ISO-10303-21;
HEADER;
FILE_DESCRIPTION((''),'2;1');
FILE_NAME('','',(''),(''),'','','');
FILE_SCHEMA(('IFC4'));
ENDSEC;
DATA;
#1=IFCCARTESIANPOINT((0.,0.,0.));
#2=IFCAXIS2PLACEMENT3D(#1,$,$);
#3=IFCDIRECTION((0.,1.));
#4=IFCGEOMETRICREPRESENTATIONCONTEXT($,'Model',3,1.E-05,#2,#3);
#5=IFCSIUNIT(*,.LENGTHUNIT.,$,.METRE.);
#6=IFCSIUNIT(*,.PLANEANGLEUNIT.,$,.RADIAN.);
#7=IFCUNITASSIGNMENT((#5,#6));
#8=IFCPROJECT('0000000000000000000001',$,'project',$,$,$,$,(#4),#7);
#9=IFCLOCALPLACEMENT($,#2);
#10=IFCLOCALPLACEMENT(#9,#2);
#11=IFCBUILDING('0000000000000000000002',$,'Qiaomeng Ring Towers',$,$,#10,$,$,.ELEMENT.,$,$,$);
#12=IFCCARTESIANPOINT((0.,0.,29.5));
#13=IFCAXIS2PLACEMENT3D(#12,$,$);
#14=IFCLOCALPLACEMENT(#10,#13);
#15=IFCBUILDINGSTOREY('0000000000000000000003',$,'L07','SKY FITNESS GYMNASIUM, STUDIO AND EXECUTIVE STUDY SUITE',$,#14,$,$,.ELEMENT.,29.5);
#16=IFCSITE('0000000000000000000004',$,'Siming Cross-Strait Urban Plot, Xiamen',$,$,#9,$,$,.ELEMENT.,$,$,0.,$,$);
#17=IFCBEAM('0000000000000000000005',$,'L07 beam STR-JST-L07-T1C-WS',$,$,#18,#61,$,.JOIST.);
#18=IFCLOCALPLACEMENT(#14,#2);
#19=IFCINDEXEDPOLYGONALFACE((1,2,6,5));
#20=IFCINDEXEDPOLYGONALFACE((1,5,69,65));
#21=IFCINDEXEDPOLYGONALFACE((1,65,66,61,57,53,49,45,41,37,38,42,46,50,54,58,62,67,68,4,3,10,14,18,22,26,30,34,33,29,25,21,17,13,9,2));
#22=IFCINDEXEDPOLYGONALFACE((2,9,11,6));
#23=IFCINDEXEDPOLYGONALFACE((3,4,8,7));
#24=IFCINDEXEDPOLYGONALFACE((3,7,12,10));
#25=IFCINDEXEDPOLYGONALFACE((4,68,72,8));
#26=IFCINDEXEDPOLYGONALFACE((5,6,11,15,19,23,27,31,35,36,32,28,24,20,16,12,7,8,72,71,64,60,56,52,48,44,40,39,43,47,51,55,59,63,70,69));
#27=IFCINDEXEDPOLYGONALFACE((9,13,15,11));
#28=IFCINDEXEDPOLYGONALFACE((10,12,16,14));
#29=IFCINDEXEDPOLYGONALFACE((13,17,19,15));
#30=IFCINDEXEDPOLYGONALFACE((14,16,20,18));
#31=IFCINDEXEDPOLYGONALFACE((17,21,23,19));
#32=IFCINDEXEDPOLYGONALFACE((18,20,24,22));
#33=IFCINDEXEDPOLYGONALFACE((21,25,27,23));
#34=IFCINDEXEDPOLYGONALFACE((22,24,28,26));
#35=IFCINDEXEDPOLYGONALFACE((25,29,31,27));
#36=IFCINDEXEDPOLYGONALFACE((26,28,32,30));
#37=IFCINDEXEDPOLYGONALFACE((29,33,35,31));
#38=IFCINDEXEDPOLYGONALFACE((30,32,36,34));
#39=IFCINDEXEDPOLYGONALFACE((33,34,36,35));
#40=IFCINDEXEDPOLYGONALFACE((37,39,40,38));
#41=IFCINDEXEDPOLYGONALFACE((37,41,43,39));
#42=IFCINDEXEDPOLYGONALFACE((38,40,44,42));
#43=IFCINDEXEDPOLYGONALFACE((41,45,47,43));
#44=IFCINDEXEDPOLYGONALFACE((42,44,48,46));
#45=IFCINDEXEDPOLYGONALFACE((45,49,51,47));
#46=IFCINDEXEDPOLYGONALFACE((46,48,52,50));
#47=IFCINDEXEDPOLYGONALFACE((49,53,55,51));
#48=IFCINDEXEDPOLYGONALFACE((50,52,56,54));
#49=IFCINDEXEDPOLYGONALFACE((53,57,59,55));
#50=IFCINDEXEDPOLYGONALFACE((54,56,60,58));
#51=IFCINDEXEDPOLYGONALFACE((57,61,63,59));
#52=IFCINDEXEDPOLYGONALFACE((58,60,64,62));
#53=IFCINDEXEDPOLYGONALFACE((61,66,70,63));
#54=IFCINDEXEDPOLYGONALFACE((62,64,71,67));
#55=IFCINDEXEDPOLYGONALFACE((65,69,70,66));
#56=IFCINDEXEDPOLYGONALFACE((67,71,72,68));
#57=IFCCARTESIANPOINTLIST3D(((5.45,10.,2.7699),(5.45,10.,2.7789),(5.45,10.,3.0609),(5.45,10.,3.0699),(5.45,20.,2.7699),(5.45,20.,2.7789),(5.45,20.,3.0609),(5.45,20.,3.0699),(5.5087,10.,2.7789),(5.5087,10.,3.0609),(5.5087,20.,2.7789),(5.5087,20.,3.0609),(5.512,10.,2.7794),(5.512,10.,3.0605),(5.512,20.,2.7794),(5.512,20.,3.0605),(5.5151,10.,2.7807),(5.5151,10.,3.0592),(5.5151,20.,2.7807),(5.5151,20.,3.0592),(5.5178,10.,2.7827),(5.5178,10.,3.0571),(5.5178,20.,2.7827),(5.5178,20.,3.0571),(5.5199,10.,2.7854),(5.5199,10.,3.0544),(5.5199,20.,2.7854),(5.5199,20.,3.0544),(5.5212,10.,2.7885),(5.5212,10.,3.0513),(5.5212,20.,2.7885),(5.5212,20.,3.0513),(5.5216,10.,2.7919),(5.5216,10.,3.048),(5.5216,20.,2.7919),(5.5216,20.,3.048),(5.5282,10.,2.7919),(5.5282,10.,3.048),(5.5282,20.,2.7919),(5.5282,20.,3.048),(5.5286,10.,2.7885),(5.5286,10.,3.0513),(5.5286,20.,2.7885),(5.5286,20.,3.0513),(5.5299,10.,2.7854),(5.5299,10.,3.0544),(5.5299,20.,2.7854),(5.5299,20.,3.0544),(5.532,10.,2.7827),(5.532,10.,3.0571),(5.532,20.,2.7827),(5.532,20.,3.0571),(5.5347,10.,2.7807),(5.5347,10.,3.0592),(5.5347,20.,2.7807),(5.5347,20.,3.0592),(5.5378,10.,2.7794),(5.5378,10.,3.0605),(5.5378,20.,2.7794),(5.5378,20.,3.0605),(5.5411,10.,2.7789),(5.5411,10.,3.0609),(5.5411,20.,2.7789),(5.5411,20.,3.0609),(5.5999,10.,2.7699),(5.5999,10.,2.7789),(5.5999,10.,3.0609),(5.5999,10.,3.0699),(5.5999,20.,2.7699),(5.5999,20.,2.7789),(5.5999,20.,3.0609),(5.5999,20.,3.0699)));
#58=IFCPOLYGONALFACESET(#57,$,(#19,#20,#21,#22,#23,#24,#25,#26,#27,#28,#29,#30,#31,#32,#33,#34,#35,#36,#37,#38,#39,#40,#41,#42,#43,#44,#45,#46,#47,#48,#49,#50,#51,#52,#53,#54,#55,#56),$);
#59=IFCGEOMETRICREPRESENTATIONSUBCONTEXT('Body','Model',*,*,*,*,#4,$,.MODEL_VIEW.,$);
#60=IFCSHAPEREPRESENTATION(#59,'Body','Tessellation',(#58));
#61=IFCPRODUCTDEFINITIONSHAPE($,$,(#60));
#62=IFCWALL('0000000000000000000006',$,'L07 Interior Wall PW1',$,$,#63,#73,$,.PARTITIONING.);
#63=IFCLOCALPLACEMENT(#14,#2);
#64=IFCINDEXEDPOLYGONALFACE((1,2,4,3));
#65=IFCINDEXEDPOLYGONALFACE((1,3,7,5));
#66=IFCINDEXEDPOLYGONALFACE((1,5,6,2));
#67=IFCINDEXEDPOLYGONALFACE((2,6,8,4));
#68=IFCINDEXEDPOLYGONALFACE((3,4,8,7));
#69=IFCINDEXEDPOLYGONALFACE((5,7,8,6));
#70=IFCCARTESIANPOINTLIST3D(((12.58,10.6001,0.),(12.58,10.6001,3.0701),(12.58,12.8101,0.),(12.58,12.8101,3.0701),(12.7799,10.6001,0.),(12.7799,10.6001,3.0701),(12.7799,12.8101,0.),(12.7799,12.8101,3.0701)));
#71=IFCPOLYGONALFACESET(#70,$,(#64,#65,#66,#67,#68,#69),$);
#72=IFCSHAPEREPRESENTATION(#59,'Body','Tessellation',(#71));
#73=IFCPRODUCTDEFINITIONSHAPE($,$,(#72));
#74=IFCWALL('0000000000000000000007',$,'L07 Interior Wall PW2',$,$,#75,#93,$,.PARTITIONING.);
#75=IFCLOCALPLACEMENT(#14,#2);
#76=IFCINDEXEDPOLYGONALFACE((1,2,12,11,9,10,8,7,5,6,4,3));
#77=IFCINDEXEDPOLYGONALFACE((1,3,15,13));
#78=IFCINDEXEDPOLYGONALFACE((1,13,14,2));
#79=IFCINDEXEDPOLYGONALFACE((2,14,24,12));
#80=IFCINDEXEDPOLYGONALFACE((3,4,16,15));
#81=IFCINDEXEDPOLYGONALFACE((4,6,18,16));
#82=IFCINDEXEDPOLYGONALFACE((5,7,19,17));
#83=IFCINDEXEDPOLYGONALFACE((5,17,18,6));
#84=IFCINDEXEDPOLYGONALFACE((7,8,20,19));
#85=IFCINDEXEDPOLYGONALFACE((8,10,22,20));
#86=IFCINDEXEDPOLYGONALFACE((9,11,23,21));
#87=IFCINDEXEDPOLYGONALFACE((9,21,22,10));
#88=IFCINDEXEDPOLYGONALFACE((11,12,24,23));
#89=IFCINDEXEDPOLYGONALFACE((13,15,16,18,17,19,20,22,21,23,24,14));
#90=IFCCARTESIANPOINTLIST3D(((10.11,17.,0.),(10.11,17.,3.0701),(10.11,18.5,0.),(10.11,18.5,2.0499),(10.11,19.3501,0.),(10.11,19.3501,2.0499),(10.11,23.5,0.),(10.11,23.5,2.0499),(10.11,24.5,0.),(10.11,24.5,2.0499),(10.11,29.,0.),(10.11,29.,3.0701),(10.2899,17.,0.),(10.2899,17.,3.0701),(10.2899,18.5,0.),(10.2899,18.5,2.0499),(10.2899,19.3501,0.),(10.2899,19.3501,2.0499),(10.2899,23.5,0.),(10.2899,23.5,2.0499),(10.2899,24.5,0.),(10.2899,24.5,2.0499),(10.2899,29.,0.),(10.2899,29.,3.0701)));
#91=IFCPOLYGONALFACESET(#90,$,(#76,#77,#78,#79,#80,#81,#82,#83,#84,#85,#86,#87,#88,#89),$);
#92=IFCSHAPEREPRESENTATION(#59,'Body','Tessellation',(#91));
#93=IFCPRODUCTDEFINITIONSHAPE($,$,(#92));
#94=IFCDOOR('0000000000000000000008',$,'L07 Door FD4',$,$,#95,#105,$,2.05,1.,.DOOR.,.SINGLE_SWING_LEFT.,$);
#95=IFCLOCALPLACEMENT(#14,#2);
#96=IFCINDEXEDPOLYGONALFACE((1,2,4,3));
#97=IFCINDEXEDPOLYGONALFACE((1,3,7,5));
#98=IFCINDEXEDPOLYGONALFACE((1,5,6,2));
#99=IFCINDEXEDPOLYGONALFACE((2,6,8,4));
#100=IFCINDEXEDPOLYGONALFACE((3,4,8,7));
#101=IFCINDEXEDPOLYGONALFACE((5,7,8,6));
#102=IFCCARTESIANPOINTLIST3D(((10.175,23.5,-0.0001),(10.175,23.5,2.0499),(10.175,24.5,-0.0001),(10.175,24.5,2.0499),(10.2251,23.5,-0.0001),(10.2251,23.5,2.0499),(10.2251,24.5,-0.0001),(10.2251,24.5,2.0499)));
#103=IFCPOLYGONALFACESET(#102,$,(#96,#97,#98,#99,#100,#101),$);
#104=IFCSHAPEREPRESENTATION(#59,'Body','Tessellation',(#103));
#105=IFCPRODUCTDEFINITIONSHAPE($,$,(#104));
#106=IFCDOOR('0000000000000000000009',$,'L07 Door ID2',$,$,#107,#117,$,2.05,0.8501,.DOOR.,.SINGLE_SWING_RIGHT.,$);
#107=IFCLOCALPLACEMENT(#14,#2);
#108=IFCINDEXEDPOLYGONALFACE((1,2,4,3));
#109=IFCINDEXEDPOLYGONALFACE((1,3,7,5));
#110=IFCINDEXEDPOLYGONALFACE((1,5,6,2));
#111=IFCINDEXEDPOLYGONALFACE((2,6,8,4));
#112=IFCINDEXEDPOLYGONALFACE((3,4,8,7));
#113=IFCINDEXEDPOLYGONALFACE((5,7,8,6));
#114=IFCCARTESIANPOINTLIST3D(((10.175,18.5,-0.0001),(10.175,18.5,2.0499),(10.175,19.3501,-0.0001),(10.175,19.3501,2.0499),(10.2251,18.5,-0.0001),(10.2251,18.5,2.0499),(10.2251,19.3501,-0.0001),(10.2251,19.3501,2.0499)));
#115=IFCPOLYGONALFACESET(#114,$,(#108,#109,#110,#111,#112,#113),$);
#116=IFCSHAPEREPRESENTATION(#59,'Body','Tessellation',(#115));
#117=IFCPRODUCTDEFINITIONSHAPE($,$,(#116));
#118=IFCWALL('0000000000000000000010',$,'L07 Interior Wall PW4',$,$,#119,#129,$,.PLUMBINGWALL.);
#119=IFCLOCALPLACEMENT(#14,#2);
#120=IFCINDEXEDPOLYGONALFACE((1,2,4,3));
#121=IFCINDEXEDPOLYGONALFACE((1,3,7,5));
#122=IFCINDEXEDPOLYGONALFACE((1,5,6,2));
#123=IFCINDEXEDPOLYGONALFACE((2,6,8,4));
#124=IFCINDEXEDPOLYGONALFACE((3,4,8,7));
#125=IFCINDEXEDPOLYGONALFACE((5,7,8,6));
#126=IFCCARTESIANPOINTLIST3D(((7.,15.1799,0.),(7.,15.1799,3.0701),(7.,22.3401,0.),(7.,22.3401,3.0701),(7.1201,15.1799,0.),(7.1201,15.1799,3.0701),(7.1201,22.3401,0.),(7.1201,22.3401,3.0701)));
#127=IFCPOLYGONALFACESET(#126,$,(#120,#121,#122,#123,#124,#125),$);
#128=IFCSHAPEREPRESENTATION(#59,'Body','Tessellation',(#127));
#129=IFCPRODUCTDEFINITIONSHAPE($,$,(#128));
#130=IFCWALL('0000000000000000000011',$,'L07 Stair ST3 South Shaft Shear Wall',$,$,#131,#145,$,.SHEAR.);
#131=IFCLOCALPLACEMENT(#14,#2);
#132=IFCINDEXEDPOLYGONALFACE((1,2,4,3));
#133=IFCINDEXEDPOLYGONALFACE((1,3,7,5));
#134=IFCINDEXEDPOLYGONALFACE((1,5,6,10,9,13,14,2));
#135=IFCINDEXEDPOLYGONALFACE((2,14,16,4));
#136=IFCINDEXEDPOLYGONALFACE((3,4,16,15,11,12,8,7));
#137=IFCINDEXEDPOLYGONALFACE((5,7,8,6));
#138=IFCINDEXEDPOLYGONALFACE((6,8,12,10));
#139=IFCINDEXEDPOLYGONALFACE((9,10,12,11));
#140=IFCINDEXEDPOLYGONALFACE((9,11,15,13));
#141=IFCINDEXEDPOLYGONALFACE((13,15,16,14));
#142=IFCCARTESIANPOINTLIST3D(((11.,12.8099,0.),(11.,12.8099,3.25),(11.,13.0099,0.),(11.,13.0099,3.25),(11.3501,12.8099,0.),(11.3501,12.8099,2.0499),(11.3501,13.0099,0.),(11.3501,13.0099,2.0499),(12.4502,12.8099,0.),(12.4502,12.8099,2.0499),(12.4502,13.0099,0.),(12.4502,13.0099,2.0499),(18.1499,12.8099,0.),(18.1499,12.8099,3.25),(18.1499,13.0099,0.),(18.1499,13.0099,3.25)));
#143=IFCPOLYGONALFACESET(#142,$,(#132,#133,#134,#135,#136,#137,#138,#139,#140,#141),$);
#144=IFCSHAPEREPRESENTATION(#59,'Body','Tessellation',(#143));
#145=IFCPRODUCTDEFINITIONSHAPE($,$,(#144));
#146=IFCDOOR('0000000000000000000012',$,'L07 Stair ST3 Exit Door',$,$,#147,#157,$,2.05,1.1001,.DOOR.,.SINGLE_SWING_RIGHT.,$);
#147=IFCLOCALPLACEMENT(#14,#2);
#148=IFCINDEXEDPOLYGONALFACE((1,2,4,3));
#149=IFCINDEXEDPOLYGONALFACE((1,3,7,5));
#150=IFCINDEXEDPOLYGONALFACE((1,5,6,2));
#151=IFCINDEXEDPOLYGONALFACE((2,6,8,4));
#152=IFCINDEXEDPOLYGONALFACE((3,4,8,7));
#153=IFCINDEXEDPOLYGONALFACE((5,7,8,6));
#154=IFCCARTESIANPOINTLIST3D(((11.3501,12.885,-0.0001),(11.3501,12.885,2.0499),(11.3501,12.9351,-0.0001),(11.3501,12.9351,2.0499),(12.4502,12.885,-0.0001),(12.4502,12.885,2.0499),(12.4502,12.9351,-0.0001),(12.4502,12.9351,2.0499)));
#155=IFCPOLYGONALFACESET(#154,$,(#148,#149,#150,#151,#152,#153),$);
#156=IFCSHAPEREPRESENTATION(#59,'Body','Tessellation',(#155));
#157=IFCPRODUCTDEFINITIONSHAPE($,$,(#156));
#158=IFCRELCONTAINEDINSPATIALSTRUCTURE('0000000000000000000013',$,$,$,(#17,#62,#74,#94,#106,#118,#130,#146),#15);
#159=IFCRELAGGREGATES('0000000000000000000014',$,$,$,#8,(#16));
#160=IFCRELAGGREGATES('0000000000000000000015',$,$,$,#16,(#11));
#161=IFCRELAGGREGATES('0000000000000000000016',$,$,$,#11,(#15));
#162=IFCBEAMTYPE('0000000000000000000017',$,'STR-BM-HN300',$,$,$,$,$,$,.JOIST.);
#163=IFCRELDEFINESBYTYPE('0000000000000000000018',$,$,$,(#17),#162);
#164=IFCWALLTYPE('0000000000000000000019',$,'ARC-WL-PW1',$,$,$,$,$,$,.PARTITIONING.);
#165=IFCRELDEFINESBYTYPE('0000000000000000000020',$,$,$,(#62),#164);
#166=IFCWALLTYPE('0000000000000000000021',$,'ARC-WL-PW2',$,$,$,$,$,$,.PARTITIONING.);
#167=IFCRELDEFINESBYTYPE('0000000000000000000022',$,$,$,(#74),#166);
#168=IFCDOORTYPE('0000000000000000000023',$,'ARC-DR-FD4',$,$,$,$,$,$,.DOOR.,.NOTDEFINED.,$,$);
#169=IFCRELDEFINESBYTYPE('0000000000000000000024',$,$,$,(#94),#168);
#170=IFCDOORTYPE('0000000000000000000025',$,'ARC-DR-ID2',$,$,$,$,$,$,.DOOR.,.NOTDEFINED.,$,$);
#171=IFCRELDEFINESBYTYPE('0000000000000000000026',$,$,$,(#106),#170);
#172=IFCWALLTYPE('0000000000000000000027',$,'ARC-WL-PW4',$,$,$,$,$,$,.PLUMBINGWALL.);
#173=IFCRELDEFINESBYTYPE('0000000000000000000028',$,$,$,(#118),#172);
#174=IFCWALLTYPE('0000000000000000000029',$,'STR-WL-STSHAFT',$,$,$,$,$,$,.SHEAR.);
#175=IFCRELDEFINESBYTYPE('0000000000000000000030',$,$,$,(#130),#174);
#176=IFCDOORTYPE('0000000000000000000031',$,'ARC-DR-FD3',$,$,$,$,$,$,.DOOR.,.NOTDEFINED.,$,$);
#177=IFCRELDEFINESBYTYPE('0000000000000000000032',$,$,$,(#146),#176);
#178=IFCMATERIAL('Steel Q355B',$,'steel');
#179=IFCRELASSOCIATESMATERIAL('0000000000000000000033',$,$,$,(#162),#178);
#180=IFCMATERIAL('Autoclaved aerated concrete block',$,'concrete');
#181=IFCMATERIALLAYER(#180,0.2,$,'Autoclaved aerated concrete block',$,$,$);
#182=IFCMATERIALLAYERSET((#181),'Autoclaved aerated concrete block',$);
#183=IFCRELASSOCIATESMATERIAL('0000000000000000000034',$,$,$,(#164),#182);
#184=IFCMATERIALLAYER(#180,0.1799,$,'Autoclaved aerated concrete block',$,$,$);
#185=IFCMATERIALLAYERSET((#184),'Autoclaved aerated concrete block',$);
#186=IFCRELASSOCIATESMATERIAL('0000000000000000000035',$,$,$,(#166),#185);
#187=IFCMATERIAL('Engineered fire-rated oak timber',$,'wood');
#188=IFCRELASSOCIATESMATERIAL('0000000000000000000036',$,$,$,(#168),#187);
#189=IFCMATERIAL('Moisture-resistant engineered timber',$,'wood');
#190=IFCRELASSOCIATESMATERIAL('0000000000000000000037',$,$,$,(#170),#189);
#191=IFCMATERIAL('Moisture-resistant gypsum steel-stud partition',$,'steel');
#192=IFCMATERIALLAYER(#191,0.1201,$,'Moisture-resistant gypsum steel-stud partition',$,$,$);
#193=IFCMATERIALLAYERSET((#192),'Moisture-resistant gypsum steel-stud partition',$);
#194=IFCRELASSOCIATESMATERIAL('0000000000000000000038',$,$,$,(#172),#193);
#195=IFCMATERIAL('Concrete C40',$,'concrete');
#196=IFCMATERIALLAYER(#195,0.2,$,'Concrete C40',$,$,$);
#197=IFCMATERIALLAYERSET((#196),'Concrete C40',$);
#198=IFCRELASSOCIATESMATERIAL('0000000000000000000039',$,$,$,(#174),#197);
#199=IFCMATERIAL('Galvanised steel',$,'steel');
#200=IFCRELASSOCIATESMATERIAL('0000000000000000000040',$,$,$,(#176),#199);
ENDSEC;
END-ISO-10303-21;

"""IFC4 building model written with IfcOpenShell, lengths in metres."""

from ifc_helpers import new_model, si_unit, direction, frame, frame_2d, origin, origin_2d, place, context, subcontext, project, spatial, rectangle, i_section, extrude, source, transform, mapped, material, layer, layer_set, material_profile, profile_set, type_object, element, fill, save


model = new_model("IFC4")

# Units and contexts
model_context = context("Model", 3, precision=1e-05, world=origin(), true_north=direction((0.0, 1.0)))
body_context = subcontext(model_context, "Body", "Model", "MODEL_VIEW")
ifc_project = project(units=[si_unit("LENGTHUNIT", "METRE"), si_unit("PLANEANGLEUNIT", "RADIAN")], contexts=[model_context])

# Site, building, storey
site_placement = place(None, origin())
site = spatial("IfcSite", under=ifc_project, at=site_placement, Name="Siming Cross-Strait Urban Plot, Xiamen", CompositionType="ELEMENT", RefElevation=0.0)
building_placement = place(site_placement, origin())
building = spatial("IfcBuilding", under=site, at=building_placement, Name="Qiaomeng Ring Towers", CompositionType="ELEMENT")
storey_placement = place(building_placement, frame((0.0, 0.0, 29.5)))
storey = spatial("IfcBuildingStorey", under=building, at=storey_placement, Name="L07", Description="SKY FITNESS GYMNASIUM, STUDIO AND EXECUTIVE STUDY SUITE", CompositionType="ELEMENT", Elevation=29.5)

# Beam
ifc_material_1 = material(Name="Steel Q355B", Category="steel")
ifc_material_profile = material_profile(ifc_material_1, i_section(OverallWidth=0.1499, OverallDepth=0.3, WebThickness=0.0066, FlangeThickness=0.009, FilletRadius=0.0129, at=origin_2d()), Name="HN 300x150x6.5x9")
ifc_profile_set = profile_set([ifc_material_profile], Name="Steel Q355B")
beam_type = type_object("IfcBeamType", Name="STR-BM-HN300", PredefinedType="JOIST", material=ifc_profile_set)
shared_shape_1 = source(origin(), body_context, "Body", "SweptSolid", [
    extrude(i_section(OverallWidth=0.1499, OverallDepth=0.3, WebThickness=0.0066, FlangeThickness=0.009, FilletRadius=0.0129, at=origin_2d()), origin(), (0.0, 0.0, 1.0), 10.0),
])
beam_placement = place(storey_placement, frame((5.5249, 10.0, 2.9199), z_axis=(0.0, 1.0, 0.0), x_axis=(-1.0, 0.0, 0.0)))
element("IfcBeam", 1, at=beam_placement, inside=storey, type_object=beam_type, Name="L07 beam STR-JST-L07-T1C-WS", PredefinedType="JOIST", context=body_context, shape_type="MappedRepresentation", body=[
    mapped(shared_shape_1, transform((0.0, 0.0, 0.0), x_axis=(1.0, 0.0, 0.0), y_axis=(0.0, 1.0, 0.0), z_axis=(0.0, 0.0, 1.0), scale=1.0)),
])

# Wall
ifc_material_2 = material(Name="Autoclaved aerated concrete block", Category="concrete")
ifc_layer_1 = layer(ifc_material_2, 0.2, Name="Autoclaved aerated concrete block")
ifc_layer_set_1 = layer_set([ifc_layer_1], Name="Autoclaved aerated concrete block")
wall_type_1 = type_object("IfcWallType", Name="ARC-WL-PW1", PredefinedType="PARTITIONING", material=ifc_layer_set_1)
wall_1_placement = place(storey_placement, frame((12.6799, 10.6001, 0.0), z_axis=(0.0, 0.0, 1.0), x_axis=(0.0, 1.0, 0.0)))
element("IfcWall", 2, at=wall_1_placement, inside=storey, type_object=wall_type_1, Name="L07 Interior Wall PW1", PredefinedType="PARTITIONING", context=body_context, shape_type="SweptSolid", body=[
    extrude(rectangle(XDim=2.21, YDim=0.2, at=frame_2d((1.105, 0.0))), origin(), (0.0, 0.0, 1.0), 3.0701),
])

# Wall, openings, doors
ifc_layer_2 = layer(ifc_material_2, 0.1799, Name="Autoclaved aerated concrete block")
ifc_layer_set_2 = layer_set([ifc_layer_2], Name="Autoclaved aerated concrete block")
wall_type_2 = type_object("IfcWallType", Name="ARC-WL-PW2", PredefinedType="PARTITIONING", material=ifc_layer_set_2)
wall_2_placement = place(storey_placement, frame((10.2, 17.0, 0.0), z_axis=(0.0, 0.0, 1.0), x_axis=(0.0, 1.0, 0.0)))
wall_2 = element("IfcWall", 3, at=wall_2_placement, inside=storey, type_object=wall_type_2, Name="L07 Interior Wall PW2", PredefinedType="PARTITIONING", context=body_context, shape_type="SweptSolid", body=[
    extrude(rectangle(XDim=12.0, YDim=0.1799, at=frame_2d((6.0, 0.0))), origin(), (0.0, 0.0, 1.0), 3.0701),
])
opening_1_placement = place(wall_2_placement, frame((1.5, 0.0, 0.0)))
opening_1 = element("IfcOpeningElement", 4, at=opening_1_placement, cuts=wall_2, PredefinedType="OPENING", context=body_context, shape_type="SweptSolid", body=[
    extrude(rectangle(XDim=0.8501, YDim=2.05, at=frame_2d((0.425, 1.0249))), frame((0.0, 0.0999, 0.0), z_axis=(0.0, -1.0, 0.0), x_axis=(1.0, 0.0, 0.0)), (0.0, 0.0, 1.0), 0.2),
])
opening_2_placement = place(wall_2_placement, frame((6.5, 0.0, 0.0)))
opening_2 = element("IfcOpeningElement", 5, at=opening_2_placement, cuts=wall_2, PredefinedType="OPENING", context=body_context, shape_type="SweptSolid", body=[
    extrude(rectangle(XDim=1.0, YDim=2.05, at=frame_2d((0.5, 1.0249))), frame((0.0, 0.0999, 0.0), z_axis=(0.0, -1.0, 0.0), x_axis=(1.0, 0.0, 0.0)), (0.0, 0.0, 1.0), 0.2),
])
ifc_material_3 = material(Name="Engineered fire-rated oak timber", Category="wood")
door_type_1 = type_object("IfcDoorType", Name="ARC-DR-FD4", OperationType="NOTDEFINED", PredefinedType="DOOR", material=ifc_material_3)
shared_shape_2 = source(origin(), body_context, "Body", "SweptSolid", [
    extrude(rectangle(XDim=1.0, YDim=2.05, at=frame_2d((0.5, 1.0249))), frame((0.0, 0.0249, 0.0), z_axis=(0.0, -1.0, 0.0), x_axis=(1.0, 0.0, 0.0)), (0.0, 0.0, 1.0), 0.05),
])
door_1_placement = place(opening_2_placement, origin())
door_1 = element("IfcDoor", 6, at=door_1_placement, inside=storey, type_object=door_type_1, Name="L07 Door FD4", OperationType="SINGLE_SWING_LEFT", OverallHeight=2.05, OverallWidth=1.0, PredefinedType="DOOR", context=body_context, shape_type="MappedRepresentation", body=[
    mapped(shared_shape_2, transform((0.0, 0.0, 0.0), x_axis=(1.0, 0.0, 0.0), y_axis=(0.0, 1.0, 0.0), z_axis=(0.0, 0.0, 1.0), scale=1.0)),
])
fill(opening_2, door_1)
ifc_material_4 = material(Name="Moisture-resistant engineered timber", Category="wood")
door_type_2 = type_object("IfcDoorType", Name="ARC-DR-ID2", OperationType="NOTDEFINED", PredefinedType="DOOR", material=ifc_material_4)
shared_shape_3 = source(origin(), body_context, "Body", "SweptSolid", [
    extrude(rectangle(XDim=0.8501, YDim=2.05, at=frame_2d((0.425, 1.0249))), frame((0.0, 0.0249, 0.0), z_axis=(0.0, -1.0, 0.0), x_axis=(1.0, 0.0, 0.0)), (0.0, 0.0, 1.0), 0.05),
])
door_2_placement = place(opening_1_placement, origin())
door_2 = element("IfcDoor", 7, at=door_2_placement, inside=storey, type_object=door_type_2, Name="L07 Door ID2", OperationType="SINGLE_SWING_RIGHT", OverallHeight=2.05, OverallWidth=0.8501, PredefinedType="DOOR", context=body_context, shape_type="MappedRepresentation", body=[
    mapped(shared_shape_3, transform((0.0, 0.0, 0.0), x_axis=(1.0, 0.0, 0.0), y_axis=(0.0, 1.0, 0.0), z_axis=(0.0, 0.0, 1.0), scale=1.0)),
])
fill(opening_1, door_2)

# Wall
ifc_material_5 = material(Name="Moisture-resistant gypsum steel-stud partition", Category="steel")
ifc_layer_3 = layer(ifc_material_5, 0.1201, Name="Moisture-resistant gypsum steel-stud partition")
ifc_layer_set_3 = layer_set([ifc_layer_3], Name="Moisture-resistant gypsum steel-stud partition")
wall_type_3 = type_object("IfcWallType", Name="ARC-WL-PW4", PredefinedType="PLUMBINGWALL", material=ifc_layer_set_3)
wall_3_placement = place(storey_placement, frame((7.0601, 15.1799, 0.0), z_axis=(0.0, 0.0, 1.0), x_axis=(0.0, 1.0, 0.0)))
element("IfcWall", 8, at=wall_3_placement, inside=storey, type_object=wall_type_3, Name="L07 Interior Wall PW4", PredefinedType="PLUMBINGWALL", context=body_context, shape_type="SweptSolid", body=[
    extrude(rectangle(XDim=7.1602, YDim=0.1201, at=frame_2d((3.5801, 0.0))), origin(), (0.0, 0.0, 1.0), 3.0701),
])

# Wall, opening, door
ifc_material_6 = material(Name="Concrete C40", Category="concrete")
ifc_layer_4 = layer(ifc_material_6, 0.2, Name="Concrete C40")
ifc_layer_set_4 = layer_set([ifc_layer_4], Name="Concrete C40")
wall_type_4 = type_object("IfcWallType", Name="STR-WL-STSHAFT", PredefinedType="SHEAR", material=ifc_layer_set_4)
wall_4_placement = place(storey_placement, frame((11.0, 12.9099, 0.0), z_axis=(0.0, 0.0, 1.0), x_axis=(1.0, 0.0, 0.0)))
wall_4 = element("IfcWall", 9, at=wall_4_placement, inside=storey, type_object=wall_type_4, Name="L07 Stair ST3 South Shaft Shear Wall", PredefinedType="SHEAR", context=body_context, shape_type="SweptSolid", body=[
    extrude(rectangle(XDim=7.1499, YDim=0.2, at=frame_2d((3.575, 0.0))), origin(), (0.0, 0.0, 1.0), 3.25),
])
opening_3_placement = place(wall_4_placement, frame((0.3501, 0.0, 0.0)))
opening_3 = element("IfcOpeningElement", 10, at=opening_3_placement, cuts=wall_4, PredefinedType="OPENING", context=body_context, shape_type="SweptSolid", body=[
    extrude(rectangle(XDim=1.1001, YDim=2.05, at=frame_2d((0.55, 1.0249))), frame((0.0, 0.1099, 0.0), z_axis=(0.0, -1.0, 0.0), x_axis=(1.0, 0.0, 0.0)), (0.0, 0.0, 1.0), 0.22),
])
ifc_material_7 = material(Name="Galvanised steel", Category="steel")
door_type_3 = type_object("IfcDoorType", Name="ARC-DR-FD3", OperationType="NOTDEFINED", PredefinedType="DOOR", material=ifc_material_7)
shared_shape_4 = source(origin(), body_context, "Body", "SweptSolid", [
    extrude(rectangle(XDim=1.1001, YDim=2.05, at=frame_2d((0.55, 1.0249))), frame((0.0, 0.0249, 0.0), z_axis=(0.0, -1.0, 0.0), x_axis=(1.0, 0.0, 0.0)), (0.0, 0.0, 1.0), 0.05),
])
door_3_placement = place(opening_3_placement, frame((1.1001, 0.0, 0.0), z_axis=(0.0, 0.0, 1.0), x_axis=(-1.0, 0.0, 0.0)))
door_3 = element("IfcDoor", 11, at=door_3_placement, inside=storey, type_object=door_type_3, Name="L07 Stair ST3 Exit Door", OperationType="SINGLE_SWING_RIGHT", OverallHeight=2.05, OverallWidth=1.1001, PredefinedType="DOOR", context=body_context, shape_type="MappedRepresentation", body=[
    mapped(shared_shape_4, transform((0.0, 0.0, 0.0), x_axis=(1.0, 0.0, 0.0), y_axis=(0.0, 1.0, 0.0), z_axis=(0.0, 0.0, 1.0), scale=1.0)),
])
fill(opening_3, door_3)

save(model, "model.ifc")
